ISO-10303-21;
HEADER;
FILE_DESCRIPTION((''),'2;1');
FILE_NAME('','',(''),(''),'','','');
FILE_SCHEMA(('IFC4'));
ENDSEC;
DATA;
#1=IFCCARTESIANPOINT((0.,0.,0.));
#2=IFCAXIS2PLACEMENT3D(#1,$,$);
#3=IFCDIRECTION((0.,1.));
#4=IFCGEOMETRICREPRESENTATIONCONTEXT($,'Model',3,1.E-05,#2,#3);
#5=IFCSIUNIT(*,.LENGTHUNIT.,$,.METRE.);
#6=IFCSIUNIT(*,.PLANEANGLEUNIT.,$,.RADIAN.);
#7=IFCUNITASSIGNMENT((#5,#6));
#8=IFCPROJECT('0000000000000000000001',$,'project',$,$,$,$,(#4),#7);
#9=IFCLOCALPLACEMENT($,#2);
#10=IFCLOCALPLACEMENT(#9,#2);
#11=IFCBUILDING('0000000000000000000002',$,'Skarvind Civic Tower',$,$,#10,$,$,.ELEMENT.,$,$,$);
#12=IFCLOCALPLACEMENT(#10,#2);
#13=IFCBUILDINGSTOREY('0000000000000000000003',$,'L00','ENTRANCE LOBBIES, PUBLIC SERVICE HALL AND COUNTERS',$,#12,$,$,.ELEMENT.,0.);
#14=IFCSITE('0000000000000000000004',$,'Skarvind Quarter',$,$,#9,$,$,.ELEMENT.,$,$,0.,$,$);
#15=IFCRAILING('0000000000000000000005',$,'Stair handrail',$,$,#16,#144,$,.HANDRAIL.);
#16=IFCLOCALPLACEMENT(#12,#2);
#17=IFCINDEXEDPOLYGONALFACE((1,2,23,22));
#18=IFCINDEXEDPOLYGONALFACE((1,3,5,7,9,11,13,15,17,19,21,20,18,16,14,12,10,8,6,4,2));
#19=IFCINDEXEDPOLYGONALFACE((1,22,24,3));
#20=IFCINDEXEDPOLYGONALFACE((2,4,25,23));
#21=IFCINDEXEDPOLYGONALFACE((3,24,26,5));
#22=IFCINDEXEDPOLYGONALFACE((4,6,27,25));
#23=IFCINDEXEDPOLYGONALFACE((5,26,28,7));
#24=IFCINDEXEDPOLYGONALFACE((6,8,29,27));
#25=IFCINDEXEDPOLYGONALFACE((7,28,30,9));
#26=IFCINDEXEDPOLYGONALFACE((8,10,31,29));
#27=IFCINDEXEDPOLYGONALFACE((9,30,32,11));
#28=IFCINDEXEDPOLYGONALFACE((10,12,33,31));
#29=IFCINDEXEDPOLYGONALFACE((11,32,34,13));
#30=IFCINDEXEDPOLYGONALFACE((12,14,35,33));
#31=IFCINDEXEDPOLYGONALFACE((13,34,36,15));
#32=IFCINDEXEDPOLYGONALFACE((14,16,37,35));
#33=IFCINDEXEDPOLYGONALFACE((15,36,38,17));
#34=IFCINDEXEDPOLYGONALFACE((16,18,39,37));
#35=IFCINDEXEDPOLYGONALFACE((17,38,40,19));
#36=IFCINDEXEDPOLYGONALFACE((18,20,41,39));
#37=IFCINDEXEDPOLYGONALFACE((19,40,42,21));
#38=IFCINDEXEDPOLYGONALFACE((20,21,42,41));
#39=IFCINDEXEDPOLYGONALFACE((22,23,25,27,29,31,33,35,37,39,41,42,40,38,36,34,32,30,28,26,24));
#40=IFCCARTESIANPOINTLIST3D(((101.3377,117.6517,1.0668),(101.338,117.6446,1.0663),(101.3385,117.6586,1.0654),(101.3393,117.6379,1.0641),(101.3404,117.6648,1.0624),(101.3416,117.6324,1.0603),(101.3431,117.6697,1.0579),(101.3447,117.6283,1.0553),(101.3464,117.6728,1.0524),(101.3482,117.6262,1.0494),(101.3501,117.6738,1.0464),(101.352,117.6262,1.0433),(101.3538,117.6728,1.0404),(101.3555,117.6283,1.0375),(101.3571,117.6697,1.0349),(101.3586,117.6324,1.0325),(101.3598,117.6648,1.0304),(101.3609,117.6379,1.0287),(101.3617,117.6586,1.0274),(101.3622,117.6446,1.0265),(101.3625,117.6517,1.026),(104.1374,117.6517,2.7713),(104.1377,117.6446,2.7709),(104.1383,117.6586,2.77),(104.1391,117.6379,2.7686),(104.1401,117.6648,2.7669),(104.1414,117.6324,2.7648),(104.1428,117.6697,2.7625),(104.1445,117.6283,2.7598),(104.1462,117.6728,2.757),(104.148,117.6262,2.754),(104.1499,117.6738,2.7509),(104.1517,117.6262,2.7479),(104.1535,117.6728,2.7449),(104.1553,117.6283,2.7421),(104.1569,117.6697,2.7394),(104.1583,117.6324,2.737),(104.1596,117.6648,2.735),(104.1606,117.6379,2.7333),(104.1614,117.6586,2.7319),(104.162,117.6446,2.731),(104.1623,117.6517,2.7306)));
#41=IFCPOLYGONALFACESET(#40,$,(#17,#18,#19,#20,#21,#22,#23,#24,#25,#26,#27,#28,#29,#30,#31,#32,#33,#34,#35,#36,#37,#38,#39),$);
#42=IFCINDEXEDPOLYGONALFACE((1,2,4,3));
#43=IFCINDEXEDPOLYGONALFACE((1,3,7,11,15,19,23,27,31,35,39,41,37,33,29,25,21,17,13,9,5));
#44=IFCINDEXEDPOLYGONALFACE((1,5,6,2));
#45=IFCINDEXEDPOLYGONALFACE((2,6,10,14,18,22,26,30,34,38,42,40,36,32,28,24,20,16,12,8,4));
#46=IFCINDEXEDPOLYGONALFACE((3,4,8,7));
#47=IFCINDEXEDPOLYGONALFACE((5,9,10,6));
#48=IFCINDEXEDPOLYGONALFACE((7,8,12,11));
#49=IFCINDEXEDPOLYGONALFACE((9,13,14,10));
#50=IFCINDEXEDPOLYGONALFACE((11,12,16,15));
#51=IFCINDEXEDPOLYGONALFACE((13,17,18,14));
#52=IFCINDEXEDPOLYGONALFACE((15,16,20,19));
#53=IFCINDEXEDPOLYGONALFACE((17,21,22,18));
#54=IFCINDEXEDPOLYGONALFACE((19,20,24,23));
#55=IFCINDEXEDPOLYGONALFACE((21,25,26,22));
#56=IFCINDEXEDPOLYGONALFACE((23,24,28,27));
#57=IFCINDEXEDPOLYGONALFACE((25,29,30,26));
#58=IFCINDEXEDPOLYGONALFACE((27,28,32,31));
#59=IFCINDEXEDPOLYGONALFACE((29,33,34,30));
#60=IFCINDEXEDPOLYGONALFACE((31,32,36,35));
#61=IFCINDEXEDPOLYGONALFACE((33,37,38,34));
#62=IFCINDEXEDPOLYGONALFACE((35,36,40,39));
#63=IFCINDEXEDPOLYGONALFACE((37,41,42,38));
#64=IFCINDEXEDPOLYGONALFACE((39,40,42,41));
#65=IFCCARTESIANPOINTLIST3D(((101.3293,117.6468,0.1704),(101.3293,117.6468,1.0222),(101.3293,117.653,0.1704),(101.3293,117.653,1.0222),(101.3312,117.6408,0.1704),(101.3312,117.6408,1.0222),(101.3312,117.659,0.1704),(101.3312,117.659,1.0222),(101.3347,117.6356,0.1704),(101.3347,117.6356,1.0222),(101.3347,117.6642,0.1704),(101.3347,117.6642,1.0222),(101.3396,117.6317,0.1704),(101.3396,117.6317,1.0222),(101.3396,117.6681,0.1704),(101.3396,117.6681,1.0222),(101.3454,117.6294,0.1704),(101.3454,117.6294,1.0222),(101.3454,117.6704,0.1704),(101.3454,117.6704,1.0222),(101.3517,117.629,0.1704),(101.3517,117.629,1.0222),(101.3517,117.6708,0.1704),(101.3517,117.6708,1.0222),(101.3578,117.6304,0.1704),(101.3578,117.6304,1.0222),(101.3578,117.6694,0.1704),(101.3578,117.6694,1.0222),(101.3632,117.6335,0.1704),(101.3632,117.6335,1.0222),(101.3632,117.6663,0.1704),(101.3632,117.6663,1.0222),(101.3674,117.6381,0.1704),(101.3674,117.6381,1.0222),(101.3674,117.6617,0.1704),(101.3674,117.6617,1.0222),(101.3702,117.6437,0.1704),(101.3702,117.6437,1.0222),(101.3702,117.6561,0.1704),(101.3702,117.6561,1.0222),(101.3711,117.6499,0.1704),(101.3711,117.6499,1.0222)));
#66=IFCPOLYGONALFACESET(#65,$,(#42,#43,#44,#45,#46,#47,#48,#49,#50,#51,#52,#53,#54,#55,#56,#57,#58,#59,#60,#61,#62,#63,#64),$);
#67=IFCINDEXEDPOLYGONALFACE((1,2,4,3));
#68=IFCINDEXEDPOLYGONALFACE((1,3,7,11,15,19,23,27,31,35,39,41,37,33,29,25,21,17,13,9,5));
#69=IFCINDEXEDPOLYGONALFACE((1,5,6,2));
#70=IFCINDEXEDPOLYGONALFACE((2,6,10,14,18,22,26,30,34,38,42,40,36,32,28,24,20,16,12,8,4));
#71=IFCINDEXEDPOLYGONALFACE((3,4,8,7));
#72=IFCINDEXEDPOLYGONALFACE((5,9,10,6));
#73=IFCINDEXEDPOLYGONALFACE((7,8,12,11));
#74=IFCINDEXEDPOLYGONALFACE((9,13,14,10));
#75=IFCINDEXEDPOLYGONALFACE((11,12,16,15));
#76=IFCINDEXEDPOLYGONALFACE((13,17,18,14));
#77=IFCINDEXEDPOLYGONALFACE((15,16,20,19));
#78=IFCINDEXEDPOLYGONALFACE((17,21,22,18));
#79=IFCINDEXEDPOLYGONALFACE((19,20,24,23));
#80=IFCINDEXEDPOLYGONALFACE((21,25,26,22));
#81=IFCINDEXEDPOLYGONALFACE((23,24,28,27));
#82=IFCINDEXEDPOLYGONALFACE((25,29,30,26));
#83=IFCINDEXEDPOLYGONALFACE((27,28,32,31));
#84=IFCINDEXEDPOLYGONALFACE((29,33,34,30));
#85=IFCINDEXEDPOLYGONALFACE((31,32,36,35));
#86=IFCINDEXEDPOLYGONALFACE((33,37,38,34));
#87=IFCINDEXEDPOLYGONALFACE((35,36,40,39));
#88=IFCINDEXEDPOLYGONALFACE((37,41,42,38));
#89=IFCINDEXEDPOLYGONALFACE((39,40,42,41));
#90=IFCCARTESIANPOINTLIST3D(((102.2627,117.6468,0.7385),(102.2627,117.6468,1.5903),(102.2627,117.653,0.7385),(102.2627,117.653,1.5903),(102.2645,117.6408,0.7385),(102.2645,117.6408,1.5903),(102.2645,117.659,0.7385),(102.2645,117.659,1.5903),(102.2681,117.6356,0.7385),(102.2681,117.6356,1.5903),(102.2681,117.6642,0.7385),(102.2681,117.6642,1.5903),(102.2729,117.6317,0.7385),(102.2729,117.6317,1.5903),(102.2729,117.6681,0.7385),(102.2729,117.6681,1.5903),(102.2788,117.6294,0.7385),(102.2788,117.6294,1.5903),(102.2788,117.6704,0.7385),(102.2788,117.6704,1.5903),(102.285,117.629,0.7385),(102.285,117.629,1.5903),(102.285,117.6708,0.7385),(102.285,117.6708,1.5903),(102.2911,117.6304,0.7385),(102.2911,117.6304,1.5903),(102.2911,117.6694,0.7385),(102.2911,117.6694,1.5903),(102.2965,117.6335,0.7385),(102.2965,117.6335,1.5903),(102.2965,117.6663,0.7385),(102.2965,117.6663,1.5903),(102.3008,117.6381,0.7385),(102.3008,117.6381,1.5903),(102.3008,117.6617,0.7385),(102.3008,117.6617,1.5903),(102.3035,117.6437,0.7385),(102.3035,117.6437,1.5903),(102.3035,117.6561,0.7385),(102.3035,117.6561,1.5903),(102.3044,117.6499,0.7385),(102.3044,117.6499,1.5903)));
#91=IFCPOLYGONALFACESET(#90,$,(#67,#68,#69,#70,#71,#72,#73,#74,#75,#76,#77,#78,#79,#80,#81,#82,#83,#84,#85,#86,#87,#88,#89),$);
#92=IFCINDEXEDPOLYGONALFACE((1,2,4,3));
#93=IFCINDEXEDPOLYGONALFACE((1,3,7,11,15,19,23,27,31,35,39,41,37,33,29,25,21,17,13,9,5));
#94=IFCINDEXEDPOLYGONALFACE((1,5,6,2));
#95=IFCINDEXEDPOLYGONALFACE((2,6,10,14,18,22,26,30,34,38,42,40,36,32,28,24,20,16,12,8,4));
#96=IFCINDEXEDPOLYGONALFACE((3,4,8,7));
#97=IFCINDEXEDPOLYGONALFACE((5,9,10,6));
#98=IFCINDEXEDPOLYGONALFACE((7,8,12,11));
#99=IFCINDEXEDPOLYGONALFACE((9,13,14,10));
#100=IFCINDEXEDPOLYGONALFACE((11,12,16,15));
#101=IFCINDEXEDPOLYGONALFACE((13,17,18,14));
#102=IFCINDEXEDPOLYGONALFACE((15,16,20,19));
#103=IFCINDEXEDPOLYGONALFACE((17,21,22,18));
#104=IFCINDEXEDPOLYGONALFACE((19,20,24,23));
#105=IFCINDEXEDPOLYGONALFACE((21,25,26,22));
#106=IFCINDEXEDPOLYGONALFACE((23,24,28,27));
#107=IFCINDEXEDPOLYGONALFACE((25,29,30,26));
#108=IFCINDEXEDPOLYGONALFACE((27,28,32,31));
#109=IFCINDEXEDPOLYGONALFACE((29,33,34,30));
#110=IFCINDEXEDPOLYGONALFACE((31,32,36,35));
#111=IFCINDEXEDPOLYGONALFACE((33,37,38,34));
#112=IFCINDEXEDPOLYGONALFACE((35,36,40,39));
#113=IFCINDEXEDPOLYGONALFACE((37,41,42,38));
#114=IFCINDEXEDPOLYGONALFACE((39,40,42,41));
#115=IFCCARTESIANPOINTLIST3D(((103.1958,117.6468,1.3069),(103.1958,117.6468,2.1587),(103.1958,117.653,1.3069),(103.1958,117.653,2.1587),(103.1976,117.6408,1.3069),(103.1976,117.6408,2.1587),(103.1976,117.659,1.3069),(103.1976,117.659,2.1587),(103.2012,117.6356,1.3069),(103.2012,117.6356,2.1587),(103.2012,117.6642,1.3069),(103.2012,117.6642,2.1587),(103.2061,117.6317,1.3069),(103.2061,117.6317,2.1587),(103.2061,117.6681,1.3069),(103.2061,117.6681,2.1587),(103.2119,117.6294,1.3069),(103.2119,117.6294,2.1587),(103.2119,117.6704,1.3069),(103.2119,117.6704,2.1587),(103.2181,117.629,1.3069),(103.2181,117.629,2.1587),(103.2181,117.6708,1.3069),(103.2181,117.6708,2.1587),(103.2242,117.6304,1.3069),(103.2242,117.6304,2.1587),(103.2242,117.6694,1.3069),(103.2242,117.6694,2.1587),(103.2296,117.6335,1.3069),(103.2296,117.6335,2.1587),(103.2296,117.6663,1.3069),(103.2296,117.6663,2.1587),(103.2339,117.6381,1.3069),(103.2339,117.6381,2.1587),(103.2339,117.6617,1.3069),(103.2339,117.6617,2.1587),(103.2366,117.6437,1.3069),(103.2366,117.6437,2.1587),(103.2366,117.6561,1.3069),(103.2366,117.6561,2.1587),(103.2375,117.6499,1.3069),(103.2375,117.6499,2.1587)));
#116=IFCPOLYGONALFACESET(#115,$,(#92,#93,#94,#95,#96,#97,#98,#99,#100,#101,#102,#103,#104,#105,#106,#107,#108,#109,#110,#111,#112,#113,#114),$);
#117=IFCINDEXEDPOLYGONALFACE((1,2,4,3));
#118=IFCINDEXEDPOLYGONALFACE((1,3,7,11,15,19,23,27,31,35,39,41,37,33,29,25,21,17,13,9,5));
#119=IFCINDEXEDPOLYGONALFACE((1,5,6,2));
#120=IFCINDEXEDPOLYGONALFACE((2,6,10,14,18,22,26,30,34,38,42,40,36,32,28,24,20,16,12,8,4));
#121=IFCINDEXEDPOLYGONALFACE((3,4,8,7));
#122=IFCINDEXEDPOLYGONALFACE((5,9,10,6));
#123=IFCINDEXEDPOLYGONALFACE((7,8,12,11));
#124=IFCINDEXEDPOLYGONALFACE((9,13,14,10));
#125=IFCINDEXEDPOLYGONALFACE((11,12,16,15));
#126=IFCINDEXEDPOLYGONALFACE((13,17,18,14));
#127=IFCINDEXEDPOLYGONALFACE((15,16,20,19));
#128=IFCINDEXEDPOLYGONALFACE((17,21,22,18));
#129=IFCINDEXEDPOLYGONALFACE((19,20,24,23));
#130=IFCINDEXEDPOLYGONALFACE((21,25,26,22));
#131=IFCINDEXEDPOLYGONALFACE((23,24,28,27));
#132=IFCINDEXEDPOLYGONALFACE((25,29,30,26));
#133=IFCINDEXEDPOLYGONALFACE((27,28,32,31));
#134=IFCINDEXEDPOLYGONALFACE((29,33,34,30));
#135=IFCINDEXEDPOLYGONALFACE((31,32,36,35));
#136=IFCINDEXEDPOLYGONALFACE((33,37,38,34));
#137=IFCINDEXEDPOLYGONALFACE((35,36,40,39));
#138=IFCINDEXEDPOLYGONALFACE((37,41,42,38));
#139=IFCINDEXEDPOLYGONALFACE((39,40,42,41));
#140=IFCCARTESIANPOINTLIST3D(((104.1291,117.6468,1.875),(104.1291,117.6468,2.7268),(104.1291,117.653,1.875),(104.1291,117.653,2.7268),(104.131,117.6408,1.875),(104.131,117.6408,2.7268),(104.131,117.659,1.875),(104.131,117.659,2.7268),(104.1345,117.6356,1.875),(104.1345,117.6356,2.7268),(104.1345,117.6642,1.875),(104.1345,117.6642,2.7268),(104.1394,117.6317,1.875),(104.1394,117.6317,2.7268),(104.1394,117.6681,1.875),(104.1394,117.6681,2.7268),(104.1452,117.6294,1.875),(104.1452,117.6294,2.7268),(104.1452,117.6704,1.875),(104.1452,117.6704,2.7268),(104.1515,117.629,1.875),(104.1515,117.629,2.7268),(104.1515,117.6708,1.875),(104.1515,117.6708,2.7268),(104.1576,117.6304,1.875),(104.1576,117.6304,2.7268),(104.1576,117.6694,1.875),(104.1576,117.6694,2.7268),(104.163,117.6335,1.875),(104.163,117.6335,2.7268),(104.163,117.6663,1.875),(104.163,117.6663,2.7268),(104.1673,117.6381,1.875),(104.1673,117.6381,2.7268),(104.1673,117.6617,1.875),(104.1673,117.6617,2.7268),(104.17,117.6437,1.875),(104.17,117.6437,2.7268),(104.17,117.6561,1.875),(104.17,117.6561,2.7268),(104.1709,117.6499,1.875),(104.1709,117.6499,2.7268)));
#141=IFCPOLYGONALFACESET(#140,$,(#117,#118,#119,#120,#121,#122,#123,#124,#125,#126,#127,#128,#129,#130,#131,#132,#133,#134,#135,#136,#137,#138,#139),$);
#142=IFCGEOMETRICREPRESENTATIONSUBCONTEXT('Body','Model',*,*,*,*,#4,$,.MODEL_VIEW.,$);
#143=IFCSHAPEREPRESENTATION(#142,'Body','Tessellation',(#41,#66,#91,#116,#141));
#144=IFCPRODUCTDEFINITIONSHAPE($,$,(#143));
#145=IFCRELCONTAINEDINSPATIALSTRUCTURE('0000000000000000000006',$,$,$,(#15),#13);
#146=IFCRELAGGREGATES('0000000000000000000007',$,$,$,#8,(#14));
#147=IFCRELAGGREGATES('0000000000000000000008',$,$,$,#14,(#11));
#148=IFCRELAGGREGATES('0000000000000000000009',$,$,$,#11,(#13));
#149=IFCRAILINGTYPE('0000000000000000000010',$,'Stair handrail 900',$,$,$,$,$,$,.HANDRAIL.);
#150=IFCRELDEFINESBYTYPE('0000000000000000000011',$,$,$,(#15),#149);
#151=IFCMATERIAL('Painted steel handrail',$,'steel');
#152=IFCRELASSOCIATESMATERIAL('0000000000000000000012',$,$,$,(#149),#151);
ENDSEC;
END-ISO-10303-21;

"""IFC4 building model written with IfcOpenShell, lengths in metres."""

from ifc_helpers import new_model, si_unit, direction, frame, origin, origin_2d, place, context, subcontext, project, spatial, circle, extrude, material, type_object, element, save


model = new_model("IFC4")

# Units and contexts
model_context = context("Model", 3, precision=1e-05, world=origin(), true_north=direction((0.0, 1.0)))
body_context = subcontext(model_context, "Body", "Model", "MODEL_VIEW")
ifc_project = project(units=[si_unit("LENGTHUNIT", "METRE"), si_unit("PLANEANGLEUNIT", "RADIAN")], contexts=[model_context])

# Site, building, storey
site_placement = place(None, origin())
site = spatial("IfcSite", under=ifc_project, at=site_placement, Name="Skarvind Quarter", CompositionType="ELEMENT", RefElevation=0.0)
building_placement = place(site_placement, origin())
building = spatial("IfcBuilding", under=site, at=building_placement, Name="Skarvind Civic Tower", CompositionType="ELEMENT")
storey_placement = place(building_placement, origin())
storey = spatial("IfcBuildingStorey", under=building, at=storey_placement, Name="L00", Description="ENTRANCE LOBBIES, PUBLIC SERVICE HALL AND COUNTERS", CompositionType="ELEMENT", Elevation=0.0)

# Railing
ifc_material_1 = material(Name="Painted steel handrail", Category="steel")
railing_type = type_object("IfcRailingType", Name="Stair handrail 900", PredefinedType="HANDRAIL", material=ifc_material_1)
railing_1_placement = place(storey_placement, frame((101.3501, 117.6499, 0.1704)))
element("IfcRailing", 1, at=railing_1_placement, inside=storey, type_object=railing_type, Name="Stair handrail", PredefinedType="HANDRAIL", context=body_context, shape_type="SweptSolid", body=[
    extrude(circle(Radius=0.0239, at=origin_2d()), frame((0.0, 0.0, 0.876), z_axis=(0.85415, 0.0, 0.520027), x_axis=(0.0, 1.0, 0.0)), (0.0, 0.0, 1.0), 3.2778),
    extrude(circle(Radius=0.021, at=origin_2d()), origin(), (0.0, 0.0, 1.0), 0.8518),
    extrude(circle(Radius=0.021, at=origin_2d()), frame((0.9333, 0.0, 0.5681)), (0.0, 0.0, 1.0), 0.8518),
    extrude(circle(Radius=0.021, at=origin_2d()), frame((1.8665, 0.0, 1.1365)), (0.0, 0.0, 1.0), 0.8518),
    extrude(circle(Radius=0.021, at=origin_2d()), frame((2.7998, 0.0, 1.7046)), (0.0, 0.0, 1.0), 0.8518),
])

save(model, "model.ifc")
